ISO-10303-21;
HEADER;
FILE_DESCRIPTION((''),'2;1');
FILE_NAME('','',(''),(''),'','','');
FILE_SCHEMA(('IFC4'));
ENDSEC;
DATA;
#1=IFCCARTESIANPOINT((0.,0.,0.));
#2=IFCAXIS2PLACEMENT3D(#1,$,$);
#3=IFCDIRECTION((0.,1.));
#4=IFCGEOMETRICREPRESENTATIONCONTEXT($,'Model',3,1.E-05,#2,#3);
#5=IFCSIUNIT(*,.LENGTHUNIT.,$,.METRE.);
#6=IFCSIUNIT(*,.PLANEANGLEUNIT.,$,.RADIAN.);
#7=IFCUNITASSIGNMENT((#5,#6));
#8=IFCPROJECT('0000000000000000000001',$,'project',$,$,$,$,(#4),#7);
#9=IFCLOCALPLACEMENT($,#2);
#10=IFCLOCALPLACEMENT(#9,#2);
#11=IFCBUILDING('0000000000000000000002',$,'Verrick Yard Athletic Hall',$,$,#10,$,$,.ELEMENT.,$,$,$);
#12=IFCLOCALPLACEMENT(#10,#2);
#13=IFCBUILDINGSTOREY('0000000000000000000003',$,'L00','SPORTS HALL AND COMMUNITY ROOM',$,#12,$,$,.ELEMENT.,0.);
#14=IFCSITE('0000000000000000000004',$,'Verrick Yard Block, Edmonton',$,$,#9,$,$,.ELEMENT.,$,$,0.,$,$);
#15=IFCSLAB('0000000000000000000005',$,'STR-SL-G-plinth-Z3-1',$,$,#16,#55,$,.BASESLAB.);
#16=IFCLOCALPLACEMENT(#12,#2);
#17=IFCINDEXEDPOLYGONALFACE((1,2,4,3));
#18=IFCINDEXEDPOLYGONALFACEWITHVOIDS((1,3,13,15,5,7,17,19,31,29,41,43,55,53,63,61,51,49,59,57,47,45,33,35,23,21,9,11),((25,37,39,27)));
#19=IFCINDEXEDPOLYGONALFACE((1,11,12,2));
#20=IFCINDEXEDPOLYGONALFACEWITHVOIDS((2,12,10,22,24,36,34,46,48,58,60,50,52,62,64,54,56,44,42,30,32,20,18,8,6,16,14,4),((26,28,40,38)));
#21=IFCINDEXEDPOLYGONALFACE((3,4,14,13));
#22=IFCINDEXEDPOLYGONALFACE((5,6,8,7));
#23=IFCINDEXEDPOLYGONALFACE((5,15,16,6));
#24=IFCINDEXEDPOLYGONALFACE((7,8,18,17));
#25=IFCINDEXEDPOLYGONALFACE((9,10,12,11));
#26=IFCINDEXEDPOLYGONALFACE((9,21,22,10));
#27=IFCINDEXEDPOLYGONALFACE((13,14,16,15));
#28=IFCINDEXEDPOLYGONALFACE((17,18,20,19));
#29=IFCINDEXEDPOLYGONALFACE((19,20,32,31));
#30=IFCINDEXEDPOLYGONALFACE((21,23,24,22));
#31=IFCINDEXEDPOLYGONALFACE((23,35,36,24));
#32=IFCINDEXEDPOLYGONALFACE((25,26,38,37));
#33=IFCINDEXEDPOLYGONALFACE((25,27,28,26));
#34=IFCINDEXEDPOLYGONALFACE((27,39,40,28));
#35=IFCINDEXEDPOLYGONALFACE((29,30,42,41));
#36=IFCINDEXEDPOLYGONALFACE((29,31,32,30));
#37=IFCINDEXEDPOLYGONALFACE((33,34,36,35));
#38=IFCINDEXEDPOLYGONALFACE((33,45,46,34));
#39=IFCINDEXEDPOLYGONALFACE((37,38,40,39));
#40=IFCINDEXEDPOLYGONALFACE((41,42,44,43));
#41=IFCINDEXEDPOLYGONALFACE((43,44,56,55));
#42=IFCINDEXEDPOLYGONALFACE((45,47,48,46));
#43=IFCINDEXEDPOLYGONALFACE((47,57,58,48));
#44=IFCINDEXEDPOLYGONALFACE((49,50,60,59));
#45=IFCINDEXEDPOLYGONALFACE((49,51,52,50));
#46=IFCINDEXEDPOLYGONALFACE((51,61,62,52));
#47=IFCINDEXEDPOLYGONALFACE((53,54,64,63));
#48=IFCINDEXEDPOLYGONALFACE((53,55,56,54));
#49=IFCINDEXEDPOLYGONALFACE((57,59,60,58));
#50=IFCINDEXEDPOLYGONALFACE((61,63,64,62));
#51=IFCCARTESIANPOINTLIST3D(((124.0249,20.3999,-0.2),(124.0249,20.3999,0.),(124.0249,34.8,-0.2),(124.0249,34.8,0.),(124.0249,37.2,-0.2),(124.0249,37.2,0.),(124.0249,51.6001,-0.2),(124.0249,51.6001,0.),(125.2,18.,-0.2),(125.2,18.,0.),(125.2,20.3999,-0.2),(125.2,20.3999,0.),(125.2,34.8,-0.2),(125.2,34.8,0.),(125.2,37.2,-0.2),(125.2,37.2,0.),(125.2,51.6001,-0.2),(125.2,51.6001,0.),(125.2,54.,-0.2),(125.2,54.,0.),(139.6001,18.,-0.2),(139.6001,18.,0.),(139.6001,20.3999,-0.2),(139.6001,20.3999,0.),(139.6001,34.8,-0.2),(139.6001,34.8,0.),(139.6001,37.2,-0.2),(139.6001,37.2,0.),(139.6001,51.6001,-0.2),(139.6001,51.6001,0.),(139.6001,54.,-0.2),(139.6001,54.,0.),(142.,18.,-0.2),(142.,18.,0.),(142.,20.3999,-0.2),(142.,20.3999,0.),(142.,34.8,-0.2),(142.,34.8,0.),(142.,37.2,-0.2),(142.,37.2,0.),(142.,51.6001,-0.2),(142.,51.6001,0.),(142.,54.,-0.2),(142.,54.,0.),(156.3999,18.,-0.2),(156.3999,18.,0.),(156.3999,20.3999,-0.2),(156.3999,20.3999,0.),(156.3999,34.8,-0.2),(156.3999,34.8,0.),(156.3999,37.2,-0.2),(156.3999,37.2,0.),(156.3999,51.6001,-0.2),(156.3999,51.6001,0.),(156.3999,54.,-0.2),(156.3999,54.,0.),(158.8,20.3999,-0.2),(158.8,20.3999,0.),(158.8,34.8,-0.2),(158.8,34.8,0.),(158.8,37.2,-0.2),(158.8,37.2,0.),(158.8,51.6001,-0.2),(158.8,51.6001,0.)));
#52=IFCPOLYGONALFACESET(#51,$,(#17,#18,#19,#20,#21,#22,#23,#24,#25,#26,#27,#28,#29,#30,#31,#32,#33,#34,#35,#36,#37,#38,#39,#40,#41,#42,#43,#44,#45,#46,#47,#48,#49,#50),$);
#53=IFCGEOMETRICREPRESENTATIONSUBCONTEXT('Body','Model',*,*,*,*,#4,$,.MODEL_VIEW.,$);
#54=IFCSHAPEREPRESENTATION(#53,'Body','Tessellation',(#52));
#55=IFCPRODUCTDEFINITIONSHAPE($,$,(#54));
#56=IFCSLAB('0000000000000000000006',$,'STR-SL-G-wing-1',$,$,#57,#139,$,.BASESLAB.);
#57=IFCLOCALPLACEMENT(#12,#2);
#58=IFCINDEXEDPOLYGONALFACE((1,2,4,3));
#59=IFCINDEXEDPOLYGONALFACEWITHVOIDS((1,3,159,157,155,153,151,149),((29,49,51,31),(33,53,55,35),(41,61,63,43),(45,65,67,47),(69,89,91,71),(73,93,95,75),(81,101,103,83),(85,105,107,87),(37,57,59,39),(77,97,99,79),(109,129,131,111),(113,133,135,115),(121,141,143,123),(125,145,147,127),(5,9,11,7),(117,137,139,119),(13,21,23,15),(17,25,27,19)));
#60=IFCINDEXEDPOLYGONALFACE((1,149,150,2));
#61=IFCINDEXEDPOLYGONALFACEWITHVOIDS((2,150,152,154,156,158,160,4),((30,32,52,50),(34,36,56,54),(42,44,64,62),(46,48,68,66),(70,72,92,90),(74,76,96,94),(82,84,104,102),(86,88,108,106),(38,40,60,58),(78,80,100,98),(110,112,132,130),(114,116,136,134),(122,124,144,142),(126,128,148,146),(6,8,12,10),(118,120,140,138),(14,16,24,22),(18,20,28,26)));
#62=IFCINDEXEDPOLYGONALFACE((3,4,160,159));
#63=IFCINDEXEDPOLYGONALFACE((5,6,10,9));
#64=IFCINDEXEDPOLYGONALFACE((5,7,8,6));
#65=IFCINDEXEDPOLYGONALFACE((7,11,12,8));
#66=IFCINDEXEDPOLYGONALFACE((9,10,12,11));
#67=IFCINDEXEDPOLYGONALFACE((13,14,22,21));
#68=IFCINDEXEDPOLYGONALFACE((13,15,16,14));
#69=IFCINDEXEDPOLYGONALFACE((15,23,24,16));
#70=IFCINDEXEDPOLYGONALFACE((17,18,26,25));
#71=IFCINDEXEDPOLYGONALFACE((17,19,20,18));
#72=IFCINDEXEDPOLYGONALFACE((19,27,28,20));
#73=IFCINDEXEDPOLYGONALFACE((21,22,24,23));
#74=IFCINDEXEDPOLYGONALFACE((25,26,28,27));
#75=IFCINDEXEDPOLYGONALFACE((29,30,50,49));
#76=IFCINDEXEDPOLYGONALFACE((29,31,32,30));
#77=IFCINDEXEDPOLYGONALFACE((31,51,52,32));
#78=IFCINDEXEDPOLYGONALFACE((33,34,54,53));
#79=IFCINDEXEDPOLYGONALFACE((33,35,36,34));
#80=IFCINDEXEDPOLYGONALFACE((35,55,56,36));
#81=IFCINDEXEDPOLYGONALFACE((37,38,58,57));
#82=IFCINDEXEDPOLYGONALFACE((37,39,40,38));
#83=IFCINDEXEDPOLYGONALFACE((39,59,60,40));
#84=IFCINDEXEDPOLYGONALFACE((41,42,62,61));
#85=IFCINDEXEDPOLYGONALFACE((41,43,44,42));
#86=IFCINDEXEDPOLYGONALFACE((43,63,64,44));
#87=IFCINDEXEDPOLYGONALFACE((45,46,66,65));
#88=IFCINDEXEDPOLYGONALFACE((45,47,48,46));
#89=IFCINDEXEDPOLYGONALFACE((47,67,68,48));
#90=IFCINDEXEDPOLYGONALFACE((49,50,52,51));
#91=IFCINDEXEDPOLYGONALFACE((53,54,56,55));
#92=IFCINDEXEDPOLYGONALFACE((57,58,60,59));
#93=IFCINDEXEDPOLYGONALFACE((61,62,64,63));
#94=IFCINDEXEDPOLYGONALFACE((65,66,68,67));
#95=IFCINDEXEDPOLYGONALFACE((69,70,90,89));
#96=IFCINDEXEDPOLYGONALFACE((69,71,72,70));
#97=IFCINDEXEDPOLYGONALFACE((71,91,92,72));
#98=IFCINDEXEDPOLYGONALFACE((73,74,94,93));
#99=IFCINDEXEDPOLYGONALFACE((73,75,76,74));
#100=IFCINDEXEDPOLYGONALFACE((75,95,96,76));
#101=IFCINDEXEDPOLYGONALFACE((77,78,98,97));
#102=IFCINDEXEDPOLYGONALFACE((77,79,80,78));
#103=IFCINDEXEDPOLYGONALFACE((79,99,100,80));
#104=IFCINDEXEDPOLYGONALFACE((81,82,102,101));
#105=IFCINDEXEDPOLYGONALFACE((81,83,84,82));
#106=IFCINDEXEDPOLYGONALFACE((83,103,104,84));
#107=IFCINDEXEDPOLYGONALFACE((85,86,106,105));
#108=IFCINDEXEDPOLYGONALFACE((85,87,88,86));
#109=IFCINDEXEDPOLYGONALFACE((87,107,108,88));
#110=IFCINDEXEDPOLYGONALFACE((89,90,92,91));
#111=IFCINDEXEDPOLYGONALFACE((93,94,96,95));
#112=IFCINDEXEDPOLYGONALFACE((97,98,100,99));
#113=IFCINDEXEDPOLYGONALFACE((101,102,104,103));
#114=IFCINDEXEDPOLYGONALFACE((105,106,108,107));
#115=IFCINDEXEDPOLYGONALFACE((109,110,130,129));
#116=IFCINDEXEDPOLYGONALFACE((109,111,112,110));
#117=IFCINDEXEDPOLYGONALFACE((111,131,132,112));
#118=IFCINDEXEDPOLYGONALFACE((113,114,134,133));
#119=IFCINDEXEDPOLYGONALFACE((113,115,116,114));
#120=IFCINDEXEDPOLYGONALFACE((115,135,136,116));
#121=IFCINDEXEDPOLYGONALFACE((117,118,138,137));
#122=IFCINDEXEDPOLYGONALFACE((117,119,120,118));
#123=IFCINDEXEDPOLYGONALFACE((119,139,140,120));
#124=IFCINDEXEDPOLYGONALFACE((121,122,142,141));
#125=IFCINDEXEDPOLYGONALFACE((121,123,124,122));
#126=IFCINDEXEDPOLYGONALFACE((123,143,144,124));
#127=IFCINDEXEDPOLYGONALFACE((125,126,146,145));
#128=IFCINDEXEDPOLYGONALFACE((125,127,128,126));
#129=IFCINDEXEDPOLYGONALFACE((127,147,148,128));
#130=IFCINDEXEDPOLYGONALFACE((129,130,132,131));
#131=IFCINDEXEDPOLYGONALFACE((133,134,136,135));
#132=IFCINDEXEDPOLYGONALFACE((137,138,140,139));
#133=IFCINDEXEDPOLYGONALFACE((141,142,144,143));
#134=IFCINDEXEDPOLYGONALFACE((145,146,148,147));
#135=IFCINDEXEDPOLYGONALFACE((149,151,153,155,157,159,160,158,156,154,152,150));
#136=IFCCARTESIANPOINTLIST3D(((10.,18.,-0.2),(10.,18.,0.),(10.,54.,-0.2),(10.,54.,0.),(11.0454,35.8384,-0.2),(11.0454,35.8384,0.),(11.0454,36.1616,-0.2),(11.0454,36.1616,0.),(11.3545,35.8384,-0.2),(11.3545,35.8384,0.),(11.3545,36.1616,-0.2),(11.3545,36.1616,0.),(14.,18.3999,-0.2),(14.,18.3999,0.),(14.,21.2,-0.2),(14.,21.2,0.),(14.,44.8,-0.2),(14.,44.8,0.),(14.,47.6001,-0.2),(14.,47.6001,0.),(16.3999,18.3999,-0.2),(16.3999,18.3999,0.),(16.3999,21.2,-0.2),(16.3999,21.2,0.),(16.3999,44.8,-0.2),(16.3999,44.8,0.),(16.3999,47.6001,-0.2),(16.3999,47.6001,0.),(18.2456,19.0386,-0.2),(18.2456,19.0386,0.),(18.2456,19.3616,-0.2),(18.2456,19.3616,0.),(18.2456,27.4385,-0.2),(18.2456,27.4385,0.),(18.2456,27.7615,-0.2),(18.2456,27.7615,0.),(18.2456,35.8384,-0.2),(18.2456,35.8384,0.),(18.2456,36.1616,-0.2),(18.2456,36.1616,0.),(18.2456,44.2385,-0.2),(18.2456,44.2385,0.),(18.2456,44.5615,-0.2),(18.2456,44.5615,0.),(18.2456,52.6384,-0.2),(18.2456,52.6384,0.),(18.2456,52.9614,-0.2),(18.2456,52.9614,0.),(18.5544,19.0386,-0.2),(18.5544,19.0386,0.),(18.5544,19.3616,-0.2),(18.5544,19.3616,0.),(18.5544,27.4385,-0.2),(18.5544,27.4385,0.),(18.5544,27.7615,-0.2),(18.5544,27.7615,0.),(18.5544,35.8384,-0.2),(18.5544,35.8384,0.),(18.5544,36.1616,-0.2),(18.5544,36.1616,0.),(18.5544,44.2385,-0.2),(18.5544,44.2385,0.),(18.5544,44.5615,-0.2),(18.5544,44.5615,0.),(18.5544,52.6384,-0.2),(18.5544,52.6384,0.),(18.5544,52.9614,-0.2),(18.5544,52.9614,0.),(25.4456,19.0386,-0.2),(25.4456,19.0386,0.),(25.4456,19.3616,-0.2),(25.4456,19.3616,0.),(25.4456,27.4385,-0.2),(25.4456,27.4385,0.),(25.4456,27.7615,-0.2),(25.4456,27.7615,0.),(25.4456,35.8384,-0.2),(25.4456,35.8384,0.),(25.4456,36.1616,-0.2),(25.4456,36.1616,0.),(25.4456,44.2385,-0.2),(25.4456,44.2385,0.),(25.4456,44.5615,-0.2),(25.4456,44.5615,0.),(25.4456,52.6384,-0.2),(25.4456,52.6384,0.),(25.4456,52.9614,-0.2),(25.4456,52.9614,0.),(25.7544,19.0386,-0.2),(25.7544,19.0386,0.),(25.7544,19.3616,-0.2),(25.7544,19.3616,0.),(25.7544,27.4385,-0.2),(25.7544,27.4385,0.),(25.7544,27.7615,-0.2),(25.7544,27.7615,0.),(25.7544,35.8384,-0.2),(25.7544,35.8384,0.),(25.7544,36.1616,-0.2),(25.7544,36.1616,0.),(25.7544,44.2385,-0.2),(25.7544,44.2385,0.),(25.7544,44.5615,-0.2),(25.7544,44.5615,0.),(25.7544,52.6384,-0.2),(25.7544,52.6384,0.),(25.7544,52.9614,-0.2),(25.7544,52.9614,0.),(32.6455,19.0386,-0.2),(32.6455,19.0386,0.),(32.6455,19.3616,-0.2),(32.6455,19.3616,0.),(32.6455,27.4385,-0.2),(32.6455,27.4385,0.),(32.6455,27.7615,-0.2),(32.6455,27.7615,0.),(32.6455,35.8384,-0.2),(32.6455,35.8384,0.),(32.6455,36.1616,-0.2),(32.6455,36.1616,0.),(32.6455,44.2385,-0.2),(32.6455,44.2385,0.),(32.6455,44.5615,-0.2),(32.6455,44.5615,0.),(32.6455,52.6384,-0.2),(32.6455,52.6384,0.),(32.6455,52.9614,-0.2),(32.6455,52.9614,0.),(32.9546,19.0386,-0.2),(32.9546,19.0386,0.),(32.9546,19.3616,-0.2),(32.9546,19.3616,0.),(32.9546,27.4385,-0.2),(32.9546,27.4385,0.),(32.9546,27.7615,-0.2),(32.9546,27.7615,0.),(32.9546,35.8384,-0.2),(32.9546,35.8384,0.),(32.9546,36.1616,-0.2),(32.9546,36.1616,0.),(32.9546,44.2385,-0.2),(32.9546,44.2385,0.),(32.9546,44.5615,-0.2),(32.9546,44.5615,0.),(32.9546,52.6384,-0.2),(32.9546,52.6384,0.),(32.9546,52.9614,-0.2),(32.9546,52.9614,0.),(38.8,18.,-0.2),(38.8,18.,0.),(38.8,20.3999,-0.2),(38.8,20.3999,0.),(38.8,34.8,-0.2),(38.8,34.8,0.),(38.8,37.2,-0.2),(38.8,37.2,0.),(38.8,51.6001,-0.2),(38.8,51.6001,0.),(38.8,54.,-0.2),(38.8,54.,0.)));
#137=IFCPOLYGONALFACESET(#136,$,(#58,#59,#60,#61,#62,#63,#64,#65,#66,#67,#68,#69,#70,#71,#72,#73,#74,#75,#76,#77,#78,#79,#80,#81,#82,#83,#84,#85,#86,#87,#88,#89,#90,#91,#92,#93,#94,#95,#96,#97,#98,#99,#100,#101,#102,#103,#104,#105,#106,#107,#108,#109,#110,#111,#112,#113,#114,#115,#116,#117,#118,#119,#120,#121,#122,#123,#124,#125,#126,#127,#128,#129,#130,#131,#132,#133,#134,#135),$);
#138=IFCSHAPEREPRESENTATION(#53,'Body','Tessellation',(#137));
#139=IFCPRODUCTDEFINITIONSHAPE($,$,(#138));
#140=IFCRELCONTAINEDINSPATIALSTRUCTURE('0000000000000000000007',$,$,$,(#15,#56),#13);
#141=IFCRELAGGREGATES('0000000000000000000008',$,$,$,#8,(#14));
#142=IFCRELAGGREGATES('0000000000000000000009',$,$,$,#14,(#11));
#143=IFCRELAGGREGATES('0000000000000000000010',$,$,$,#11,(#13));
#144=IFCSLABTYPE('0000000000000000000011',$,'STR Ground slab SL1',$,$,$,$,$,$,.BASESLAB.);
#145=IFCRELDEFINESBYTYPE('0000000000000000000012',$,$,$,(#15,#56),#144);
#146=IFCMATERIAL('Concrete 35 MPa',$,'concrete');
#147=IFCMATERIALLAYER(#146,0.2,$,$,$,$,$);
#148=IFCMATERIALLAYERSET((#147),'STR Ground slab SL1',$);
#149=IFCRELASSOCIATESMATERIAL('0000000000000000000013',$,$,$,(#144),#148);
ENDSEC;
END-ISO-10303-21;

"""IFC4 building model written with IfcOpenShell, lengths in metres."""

from ifc_helpers import new_model, si_unit, direction, frame, origin, place, context, subcontext, project, spatial, polyline, outline, extrude, material, layer, layer_set, type_object, element, save


model = new_model("IFC4")

# Units and contexts
model_context = context("Model", 3, precision=1e-05, world=origin(), true_north=direction((0.0, 1.0)))
body_context = subcontext(model_context, "Body", "Model", "MODEL_VIEW")
ifc_project = project(units=[si_unit("LENGTHUNIT", "METRE"), si_unit("PLANEANGLEUNIT", "RADIAN")], contexts=[model_context])

# Site, building, storey
site_placement = place(None, origin())
site = spatial("IfcSite", under=ifc_project, at=site_placement, Name="Verrick Yard Block, Edmonton", CompositionType="ELEMENT", RefElevation=0.0)
building_placement = place(site_placement, origin())
building = spatial("IfcBuilding", under=site, at=building_placement, Name="Verrick Yard Athletic Hall", CompositionType="ELEMENT")
storey_placement = place(building_placement, origin())
storey = spatial("IfcBuildingStorey", under=building, at=storey_placement, Name="L00", Description="SPORTS HALL AND COMMUNITY ROOM", CompositionType="ELEMENT", Elevation=0.0)

# Shared definitions
ifc_material_1 = material(Name="Concrete 35 MPa", Category="concrete")

# Slabs
ifc_layer_1 = layer(ifc_material_1, 0.2)
ifc_layer_set_1 = layer_set([ifc_layer_1], Name="STR Ground slab SL1")
slab_type = type_object("IfcSlabType", Name="STR Ground slab SL1", PredefinedType="BASESLAB", material=ifc_layer_set_1)
slab_1_placement = place(storey_placement, frame((0.0, 0.0, -0.2)))
element("IfcSlab", 1, at=slab_1_placement, inside=storey, type_object=slab_type, Name="STR-SL-G-plinth-Z3-1", PredefinedType="BASESLAB", context=body_context, shape_type="SweptSolid", body=[
    extrude(outline(polyline([(158.8, 20.3999), (158.8, 34.8), (156.3999, 34.8), (156.3999, 37.2), (158.8, 37.2), (158.8, 51.6001), (156.3999, 51.6001), (156.3999, 54.0), (142.0, 54.0), (142.0, 51.6001), (139.6001, 51.6001), (139.6001, 54.0), (125.2, 54.0), (125.2, 51.6001), (124.0249, 51.6001), (124.0249, 37.2), (125.2, 37.2), (125.2, 34.8), (124.0249, 34.8), (124.0249, 20.3999), (125.2, 20.3999), (125.2, 18.0), (139.6001, 18.0), (139.6001, 20.3999), (142.0, 20.3999), (142.0, 18.0), (156.3999, 18.0), (156.3999, 20.3999), (158.8, 20.3999)]), holes=[polyline([(139.6001, 37.2), (142.0, 37.2), (142.0, 34.8), (139.6001, 34.8), (139.6001, 37.2)])]), origin(), (0.0, 0.0, 1.0), 0.2),
])
slab_2_placement = place(storey_placement, frame((0.0, 0.0, -0.2)))
element("IfcSlab", 2, at=slab_2_placement, inside=storey, type_object=slab_type, Name="STR-SL-G-wing-1", PredefinedType="BASESLAB", context=body_context, shape_type="SweptSolid", body=[
    extrude(outline(polyline([(38.8, 18.0), (38.8, 20.3999), (38.8, 34.8), (38.8, 37.2), (38.8, 51.6001), (38.8, 54.0), (10.0, 54.0), (10.0, 18.0), (38.8, 18.0)]), holes=[polyline([(18.2456, 19.0386), (18.2456, 19.3616), (18.5544, 19.3616), (18.5544, 19.0386), (18.2456, 19.0386)]), polyline([(25.4456, 19.3616), (25.7544, 19.3616), (25.7544, 19.0386), (25.4456, 19.0386), (25.4456, 19.3616)]), polyline([(32.6455, 19.0386), (32.6455, 19.3616), (32.9546, 19.3616), (32.9546, 19.0386), (32.6455, 19.0386)]), polyline([(14.0, 18.3999), (14.0, 21.2), (16.3999, 21.2), (16.3999, 18.3999), (14.0, 18.3999)]), polyline([(18.2456, 27.7615), (18.5544, 27.7615), (18.5544, 27.4385), (18.2456, 27.4385), (18.2456, 27.7615)]), polyline([(25.4456, 27.7615), (25.7544, 27.7615), (25.7544, 27.4385), (25.4456, 27.4385), (25.4456, 27.7615)]), polyline([(32.6455, 27.4385), (32.6455, 27.7615), (32.9546, 27.7615), (32.9546, 27.4385), (32.6455, 27.4385)]), polyline([(11.0454, 35.8384), (11.0454, 36.1616), (11.3545, 36.1616), (11.3545, 35.8384), (11.0454, 35.8384)]), polyline([(32.6455, 35.8384), (32.6455, 36.1616), (32.9546, 36.1616), (32.9546, 35.8384), (32.6455, 35.8384)]), polyline([(25.4456, 36.1616), (25.7544, 36.1616), (25.7544, 35.8384), (25.4456, 35.8384), (25.4456, 36.1616)]), polyline([(18.2456, 36.1616), (18.5544, 36.1616), (18.5544, 35.8384), (18.2456, 35.8384), (18.2456, 36.1616)]), polyline([(32.6455, 44.2385), (32.6455, 44.5615), (32.9546, 44.5615), (32.9546, 44.2385), (32.6455, 44.2385)]), polyline([(25.4456, 44.5615), (25.7544, 44.5615), (25.7544, 44.2385), (25.4456, 44.2385), (25.4456, 44.5615)]), polyline([(18.2456, 44.5615), (18.5544, 44.5615), (18.5544, 44.2385), (18.2456, 44.2385), (18.2456, 44.5615)]), polyline([(14.0, 44.8), (14.0, 47.6001), (16.3999, 47.6001), (16.3999, 44.8), (14.0, 44.8)]), polyline([(32.6455, 52.6384), (32.6455, 52.9614), (32.9546, 52.9614), (32.9546, 52.6384), (32.6455, 52.6384)]), polyline([(25.4456, 52.9614), (25.7544, 52.9614), (25.7544, 52.6384), (25.4456, 52.6384), (25.4456, 52.9614)]), polyline([(18.2456, 52.6384), (18.2456, 52.9614), (18.5544, 52.9614), (18.5544, 52.6384), (18.2456, 52.6384)])]), origin(), (0.0, 0.0, 1.0), 0.2),
])

save(model, "model.ifc")
